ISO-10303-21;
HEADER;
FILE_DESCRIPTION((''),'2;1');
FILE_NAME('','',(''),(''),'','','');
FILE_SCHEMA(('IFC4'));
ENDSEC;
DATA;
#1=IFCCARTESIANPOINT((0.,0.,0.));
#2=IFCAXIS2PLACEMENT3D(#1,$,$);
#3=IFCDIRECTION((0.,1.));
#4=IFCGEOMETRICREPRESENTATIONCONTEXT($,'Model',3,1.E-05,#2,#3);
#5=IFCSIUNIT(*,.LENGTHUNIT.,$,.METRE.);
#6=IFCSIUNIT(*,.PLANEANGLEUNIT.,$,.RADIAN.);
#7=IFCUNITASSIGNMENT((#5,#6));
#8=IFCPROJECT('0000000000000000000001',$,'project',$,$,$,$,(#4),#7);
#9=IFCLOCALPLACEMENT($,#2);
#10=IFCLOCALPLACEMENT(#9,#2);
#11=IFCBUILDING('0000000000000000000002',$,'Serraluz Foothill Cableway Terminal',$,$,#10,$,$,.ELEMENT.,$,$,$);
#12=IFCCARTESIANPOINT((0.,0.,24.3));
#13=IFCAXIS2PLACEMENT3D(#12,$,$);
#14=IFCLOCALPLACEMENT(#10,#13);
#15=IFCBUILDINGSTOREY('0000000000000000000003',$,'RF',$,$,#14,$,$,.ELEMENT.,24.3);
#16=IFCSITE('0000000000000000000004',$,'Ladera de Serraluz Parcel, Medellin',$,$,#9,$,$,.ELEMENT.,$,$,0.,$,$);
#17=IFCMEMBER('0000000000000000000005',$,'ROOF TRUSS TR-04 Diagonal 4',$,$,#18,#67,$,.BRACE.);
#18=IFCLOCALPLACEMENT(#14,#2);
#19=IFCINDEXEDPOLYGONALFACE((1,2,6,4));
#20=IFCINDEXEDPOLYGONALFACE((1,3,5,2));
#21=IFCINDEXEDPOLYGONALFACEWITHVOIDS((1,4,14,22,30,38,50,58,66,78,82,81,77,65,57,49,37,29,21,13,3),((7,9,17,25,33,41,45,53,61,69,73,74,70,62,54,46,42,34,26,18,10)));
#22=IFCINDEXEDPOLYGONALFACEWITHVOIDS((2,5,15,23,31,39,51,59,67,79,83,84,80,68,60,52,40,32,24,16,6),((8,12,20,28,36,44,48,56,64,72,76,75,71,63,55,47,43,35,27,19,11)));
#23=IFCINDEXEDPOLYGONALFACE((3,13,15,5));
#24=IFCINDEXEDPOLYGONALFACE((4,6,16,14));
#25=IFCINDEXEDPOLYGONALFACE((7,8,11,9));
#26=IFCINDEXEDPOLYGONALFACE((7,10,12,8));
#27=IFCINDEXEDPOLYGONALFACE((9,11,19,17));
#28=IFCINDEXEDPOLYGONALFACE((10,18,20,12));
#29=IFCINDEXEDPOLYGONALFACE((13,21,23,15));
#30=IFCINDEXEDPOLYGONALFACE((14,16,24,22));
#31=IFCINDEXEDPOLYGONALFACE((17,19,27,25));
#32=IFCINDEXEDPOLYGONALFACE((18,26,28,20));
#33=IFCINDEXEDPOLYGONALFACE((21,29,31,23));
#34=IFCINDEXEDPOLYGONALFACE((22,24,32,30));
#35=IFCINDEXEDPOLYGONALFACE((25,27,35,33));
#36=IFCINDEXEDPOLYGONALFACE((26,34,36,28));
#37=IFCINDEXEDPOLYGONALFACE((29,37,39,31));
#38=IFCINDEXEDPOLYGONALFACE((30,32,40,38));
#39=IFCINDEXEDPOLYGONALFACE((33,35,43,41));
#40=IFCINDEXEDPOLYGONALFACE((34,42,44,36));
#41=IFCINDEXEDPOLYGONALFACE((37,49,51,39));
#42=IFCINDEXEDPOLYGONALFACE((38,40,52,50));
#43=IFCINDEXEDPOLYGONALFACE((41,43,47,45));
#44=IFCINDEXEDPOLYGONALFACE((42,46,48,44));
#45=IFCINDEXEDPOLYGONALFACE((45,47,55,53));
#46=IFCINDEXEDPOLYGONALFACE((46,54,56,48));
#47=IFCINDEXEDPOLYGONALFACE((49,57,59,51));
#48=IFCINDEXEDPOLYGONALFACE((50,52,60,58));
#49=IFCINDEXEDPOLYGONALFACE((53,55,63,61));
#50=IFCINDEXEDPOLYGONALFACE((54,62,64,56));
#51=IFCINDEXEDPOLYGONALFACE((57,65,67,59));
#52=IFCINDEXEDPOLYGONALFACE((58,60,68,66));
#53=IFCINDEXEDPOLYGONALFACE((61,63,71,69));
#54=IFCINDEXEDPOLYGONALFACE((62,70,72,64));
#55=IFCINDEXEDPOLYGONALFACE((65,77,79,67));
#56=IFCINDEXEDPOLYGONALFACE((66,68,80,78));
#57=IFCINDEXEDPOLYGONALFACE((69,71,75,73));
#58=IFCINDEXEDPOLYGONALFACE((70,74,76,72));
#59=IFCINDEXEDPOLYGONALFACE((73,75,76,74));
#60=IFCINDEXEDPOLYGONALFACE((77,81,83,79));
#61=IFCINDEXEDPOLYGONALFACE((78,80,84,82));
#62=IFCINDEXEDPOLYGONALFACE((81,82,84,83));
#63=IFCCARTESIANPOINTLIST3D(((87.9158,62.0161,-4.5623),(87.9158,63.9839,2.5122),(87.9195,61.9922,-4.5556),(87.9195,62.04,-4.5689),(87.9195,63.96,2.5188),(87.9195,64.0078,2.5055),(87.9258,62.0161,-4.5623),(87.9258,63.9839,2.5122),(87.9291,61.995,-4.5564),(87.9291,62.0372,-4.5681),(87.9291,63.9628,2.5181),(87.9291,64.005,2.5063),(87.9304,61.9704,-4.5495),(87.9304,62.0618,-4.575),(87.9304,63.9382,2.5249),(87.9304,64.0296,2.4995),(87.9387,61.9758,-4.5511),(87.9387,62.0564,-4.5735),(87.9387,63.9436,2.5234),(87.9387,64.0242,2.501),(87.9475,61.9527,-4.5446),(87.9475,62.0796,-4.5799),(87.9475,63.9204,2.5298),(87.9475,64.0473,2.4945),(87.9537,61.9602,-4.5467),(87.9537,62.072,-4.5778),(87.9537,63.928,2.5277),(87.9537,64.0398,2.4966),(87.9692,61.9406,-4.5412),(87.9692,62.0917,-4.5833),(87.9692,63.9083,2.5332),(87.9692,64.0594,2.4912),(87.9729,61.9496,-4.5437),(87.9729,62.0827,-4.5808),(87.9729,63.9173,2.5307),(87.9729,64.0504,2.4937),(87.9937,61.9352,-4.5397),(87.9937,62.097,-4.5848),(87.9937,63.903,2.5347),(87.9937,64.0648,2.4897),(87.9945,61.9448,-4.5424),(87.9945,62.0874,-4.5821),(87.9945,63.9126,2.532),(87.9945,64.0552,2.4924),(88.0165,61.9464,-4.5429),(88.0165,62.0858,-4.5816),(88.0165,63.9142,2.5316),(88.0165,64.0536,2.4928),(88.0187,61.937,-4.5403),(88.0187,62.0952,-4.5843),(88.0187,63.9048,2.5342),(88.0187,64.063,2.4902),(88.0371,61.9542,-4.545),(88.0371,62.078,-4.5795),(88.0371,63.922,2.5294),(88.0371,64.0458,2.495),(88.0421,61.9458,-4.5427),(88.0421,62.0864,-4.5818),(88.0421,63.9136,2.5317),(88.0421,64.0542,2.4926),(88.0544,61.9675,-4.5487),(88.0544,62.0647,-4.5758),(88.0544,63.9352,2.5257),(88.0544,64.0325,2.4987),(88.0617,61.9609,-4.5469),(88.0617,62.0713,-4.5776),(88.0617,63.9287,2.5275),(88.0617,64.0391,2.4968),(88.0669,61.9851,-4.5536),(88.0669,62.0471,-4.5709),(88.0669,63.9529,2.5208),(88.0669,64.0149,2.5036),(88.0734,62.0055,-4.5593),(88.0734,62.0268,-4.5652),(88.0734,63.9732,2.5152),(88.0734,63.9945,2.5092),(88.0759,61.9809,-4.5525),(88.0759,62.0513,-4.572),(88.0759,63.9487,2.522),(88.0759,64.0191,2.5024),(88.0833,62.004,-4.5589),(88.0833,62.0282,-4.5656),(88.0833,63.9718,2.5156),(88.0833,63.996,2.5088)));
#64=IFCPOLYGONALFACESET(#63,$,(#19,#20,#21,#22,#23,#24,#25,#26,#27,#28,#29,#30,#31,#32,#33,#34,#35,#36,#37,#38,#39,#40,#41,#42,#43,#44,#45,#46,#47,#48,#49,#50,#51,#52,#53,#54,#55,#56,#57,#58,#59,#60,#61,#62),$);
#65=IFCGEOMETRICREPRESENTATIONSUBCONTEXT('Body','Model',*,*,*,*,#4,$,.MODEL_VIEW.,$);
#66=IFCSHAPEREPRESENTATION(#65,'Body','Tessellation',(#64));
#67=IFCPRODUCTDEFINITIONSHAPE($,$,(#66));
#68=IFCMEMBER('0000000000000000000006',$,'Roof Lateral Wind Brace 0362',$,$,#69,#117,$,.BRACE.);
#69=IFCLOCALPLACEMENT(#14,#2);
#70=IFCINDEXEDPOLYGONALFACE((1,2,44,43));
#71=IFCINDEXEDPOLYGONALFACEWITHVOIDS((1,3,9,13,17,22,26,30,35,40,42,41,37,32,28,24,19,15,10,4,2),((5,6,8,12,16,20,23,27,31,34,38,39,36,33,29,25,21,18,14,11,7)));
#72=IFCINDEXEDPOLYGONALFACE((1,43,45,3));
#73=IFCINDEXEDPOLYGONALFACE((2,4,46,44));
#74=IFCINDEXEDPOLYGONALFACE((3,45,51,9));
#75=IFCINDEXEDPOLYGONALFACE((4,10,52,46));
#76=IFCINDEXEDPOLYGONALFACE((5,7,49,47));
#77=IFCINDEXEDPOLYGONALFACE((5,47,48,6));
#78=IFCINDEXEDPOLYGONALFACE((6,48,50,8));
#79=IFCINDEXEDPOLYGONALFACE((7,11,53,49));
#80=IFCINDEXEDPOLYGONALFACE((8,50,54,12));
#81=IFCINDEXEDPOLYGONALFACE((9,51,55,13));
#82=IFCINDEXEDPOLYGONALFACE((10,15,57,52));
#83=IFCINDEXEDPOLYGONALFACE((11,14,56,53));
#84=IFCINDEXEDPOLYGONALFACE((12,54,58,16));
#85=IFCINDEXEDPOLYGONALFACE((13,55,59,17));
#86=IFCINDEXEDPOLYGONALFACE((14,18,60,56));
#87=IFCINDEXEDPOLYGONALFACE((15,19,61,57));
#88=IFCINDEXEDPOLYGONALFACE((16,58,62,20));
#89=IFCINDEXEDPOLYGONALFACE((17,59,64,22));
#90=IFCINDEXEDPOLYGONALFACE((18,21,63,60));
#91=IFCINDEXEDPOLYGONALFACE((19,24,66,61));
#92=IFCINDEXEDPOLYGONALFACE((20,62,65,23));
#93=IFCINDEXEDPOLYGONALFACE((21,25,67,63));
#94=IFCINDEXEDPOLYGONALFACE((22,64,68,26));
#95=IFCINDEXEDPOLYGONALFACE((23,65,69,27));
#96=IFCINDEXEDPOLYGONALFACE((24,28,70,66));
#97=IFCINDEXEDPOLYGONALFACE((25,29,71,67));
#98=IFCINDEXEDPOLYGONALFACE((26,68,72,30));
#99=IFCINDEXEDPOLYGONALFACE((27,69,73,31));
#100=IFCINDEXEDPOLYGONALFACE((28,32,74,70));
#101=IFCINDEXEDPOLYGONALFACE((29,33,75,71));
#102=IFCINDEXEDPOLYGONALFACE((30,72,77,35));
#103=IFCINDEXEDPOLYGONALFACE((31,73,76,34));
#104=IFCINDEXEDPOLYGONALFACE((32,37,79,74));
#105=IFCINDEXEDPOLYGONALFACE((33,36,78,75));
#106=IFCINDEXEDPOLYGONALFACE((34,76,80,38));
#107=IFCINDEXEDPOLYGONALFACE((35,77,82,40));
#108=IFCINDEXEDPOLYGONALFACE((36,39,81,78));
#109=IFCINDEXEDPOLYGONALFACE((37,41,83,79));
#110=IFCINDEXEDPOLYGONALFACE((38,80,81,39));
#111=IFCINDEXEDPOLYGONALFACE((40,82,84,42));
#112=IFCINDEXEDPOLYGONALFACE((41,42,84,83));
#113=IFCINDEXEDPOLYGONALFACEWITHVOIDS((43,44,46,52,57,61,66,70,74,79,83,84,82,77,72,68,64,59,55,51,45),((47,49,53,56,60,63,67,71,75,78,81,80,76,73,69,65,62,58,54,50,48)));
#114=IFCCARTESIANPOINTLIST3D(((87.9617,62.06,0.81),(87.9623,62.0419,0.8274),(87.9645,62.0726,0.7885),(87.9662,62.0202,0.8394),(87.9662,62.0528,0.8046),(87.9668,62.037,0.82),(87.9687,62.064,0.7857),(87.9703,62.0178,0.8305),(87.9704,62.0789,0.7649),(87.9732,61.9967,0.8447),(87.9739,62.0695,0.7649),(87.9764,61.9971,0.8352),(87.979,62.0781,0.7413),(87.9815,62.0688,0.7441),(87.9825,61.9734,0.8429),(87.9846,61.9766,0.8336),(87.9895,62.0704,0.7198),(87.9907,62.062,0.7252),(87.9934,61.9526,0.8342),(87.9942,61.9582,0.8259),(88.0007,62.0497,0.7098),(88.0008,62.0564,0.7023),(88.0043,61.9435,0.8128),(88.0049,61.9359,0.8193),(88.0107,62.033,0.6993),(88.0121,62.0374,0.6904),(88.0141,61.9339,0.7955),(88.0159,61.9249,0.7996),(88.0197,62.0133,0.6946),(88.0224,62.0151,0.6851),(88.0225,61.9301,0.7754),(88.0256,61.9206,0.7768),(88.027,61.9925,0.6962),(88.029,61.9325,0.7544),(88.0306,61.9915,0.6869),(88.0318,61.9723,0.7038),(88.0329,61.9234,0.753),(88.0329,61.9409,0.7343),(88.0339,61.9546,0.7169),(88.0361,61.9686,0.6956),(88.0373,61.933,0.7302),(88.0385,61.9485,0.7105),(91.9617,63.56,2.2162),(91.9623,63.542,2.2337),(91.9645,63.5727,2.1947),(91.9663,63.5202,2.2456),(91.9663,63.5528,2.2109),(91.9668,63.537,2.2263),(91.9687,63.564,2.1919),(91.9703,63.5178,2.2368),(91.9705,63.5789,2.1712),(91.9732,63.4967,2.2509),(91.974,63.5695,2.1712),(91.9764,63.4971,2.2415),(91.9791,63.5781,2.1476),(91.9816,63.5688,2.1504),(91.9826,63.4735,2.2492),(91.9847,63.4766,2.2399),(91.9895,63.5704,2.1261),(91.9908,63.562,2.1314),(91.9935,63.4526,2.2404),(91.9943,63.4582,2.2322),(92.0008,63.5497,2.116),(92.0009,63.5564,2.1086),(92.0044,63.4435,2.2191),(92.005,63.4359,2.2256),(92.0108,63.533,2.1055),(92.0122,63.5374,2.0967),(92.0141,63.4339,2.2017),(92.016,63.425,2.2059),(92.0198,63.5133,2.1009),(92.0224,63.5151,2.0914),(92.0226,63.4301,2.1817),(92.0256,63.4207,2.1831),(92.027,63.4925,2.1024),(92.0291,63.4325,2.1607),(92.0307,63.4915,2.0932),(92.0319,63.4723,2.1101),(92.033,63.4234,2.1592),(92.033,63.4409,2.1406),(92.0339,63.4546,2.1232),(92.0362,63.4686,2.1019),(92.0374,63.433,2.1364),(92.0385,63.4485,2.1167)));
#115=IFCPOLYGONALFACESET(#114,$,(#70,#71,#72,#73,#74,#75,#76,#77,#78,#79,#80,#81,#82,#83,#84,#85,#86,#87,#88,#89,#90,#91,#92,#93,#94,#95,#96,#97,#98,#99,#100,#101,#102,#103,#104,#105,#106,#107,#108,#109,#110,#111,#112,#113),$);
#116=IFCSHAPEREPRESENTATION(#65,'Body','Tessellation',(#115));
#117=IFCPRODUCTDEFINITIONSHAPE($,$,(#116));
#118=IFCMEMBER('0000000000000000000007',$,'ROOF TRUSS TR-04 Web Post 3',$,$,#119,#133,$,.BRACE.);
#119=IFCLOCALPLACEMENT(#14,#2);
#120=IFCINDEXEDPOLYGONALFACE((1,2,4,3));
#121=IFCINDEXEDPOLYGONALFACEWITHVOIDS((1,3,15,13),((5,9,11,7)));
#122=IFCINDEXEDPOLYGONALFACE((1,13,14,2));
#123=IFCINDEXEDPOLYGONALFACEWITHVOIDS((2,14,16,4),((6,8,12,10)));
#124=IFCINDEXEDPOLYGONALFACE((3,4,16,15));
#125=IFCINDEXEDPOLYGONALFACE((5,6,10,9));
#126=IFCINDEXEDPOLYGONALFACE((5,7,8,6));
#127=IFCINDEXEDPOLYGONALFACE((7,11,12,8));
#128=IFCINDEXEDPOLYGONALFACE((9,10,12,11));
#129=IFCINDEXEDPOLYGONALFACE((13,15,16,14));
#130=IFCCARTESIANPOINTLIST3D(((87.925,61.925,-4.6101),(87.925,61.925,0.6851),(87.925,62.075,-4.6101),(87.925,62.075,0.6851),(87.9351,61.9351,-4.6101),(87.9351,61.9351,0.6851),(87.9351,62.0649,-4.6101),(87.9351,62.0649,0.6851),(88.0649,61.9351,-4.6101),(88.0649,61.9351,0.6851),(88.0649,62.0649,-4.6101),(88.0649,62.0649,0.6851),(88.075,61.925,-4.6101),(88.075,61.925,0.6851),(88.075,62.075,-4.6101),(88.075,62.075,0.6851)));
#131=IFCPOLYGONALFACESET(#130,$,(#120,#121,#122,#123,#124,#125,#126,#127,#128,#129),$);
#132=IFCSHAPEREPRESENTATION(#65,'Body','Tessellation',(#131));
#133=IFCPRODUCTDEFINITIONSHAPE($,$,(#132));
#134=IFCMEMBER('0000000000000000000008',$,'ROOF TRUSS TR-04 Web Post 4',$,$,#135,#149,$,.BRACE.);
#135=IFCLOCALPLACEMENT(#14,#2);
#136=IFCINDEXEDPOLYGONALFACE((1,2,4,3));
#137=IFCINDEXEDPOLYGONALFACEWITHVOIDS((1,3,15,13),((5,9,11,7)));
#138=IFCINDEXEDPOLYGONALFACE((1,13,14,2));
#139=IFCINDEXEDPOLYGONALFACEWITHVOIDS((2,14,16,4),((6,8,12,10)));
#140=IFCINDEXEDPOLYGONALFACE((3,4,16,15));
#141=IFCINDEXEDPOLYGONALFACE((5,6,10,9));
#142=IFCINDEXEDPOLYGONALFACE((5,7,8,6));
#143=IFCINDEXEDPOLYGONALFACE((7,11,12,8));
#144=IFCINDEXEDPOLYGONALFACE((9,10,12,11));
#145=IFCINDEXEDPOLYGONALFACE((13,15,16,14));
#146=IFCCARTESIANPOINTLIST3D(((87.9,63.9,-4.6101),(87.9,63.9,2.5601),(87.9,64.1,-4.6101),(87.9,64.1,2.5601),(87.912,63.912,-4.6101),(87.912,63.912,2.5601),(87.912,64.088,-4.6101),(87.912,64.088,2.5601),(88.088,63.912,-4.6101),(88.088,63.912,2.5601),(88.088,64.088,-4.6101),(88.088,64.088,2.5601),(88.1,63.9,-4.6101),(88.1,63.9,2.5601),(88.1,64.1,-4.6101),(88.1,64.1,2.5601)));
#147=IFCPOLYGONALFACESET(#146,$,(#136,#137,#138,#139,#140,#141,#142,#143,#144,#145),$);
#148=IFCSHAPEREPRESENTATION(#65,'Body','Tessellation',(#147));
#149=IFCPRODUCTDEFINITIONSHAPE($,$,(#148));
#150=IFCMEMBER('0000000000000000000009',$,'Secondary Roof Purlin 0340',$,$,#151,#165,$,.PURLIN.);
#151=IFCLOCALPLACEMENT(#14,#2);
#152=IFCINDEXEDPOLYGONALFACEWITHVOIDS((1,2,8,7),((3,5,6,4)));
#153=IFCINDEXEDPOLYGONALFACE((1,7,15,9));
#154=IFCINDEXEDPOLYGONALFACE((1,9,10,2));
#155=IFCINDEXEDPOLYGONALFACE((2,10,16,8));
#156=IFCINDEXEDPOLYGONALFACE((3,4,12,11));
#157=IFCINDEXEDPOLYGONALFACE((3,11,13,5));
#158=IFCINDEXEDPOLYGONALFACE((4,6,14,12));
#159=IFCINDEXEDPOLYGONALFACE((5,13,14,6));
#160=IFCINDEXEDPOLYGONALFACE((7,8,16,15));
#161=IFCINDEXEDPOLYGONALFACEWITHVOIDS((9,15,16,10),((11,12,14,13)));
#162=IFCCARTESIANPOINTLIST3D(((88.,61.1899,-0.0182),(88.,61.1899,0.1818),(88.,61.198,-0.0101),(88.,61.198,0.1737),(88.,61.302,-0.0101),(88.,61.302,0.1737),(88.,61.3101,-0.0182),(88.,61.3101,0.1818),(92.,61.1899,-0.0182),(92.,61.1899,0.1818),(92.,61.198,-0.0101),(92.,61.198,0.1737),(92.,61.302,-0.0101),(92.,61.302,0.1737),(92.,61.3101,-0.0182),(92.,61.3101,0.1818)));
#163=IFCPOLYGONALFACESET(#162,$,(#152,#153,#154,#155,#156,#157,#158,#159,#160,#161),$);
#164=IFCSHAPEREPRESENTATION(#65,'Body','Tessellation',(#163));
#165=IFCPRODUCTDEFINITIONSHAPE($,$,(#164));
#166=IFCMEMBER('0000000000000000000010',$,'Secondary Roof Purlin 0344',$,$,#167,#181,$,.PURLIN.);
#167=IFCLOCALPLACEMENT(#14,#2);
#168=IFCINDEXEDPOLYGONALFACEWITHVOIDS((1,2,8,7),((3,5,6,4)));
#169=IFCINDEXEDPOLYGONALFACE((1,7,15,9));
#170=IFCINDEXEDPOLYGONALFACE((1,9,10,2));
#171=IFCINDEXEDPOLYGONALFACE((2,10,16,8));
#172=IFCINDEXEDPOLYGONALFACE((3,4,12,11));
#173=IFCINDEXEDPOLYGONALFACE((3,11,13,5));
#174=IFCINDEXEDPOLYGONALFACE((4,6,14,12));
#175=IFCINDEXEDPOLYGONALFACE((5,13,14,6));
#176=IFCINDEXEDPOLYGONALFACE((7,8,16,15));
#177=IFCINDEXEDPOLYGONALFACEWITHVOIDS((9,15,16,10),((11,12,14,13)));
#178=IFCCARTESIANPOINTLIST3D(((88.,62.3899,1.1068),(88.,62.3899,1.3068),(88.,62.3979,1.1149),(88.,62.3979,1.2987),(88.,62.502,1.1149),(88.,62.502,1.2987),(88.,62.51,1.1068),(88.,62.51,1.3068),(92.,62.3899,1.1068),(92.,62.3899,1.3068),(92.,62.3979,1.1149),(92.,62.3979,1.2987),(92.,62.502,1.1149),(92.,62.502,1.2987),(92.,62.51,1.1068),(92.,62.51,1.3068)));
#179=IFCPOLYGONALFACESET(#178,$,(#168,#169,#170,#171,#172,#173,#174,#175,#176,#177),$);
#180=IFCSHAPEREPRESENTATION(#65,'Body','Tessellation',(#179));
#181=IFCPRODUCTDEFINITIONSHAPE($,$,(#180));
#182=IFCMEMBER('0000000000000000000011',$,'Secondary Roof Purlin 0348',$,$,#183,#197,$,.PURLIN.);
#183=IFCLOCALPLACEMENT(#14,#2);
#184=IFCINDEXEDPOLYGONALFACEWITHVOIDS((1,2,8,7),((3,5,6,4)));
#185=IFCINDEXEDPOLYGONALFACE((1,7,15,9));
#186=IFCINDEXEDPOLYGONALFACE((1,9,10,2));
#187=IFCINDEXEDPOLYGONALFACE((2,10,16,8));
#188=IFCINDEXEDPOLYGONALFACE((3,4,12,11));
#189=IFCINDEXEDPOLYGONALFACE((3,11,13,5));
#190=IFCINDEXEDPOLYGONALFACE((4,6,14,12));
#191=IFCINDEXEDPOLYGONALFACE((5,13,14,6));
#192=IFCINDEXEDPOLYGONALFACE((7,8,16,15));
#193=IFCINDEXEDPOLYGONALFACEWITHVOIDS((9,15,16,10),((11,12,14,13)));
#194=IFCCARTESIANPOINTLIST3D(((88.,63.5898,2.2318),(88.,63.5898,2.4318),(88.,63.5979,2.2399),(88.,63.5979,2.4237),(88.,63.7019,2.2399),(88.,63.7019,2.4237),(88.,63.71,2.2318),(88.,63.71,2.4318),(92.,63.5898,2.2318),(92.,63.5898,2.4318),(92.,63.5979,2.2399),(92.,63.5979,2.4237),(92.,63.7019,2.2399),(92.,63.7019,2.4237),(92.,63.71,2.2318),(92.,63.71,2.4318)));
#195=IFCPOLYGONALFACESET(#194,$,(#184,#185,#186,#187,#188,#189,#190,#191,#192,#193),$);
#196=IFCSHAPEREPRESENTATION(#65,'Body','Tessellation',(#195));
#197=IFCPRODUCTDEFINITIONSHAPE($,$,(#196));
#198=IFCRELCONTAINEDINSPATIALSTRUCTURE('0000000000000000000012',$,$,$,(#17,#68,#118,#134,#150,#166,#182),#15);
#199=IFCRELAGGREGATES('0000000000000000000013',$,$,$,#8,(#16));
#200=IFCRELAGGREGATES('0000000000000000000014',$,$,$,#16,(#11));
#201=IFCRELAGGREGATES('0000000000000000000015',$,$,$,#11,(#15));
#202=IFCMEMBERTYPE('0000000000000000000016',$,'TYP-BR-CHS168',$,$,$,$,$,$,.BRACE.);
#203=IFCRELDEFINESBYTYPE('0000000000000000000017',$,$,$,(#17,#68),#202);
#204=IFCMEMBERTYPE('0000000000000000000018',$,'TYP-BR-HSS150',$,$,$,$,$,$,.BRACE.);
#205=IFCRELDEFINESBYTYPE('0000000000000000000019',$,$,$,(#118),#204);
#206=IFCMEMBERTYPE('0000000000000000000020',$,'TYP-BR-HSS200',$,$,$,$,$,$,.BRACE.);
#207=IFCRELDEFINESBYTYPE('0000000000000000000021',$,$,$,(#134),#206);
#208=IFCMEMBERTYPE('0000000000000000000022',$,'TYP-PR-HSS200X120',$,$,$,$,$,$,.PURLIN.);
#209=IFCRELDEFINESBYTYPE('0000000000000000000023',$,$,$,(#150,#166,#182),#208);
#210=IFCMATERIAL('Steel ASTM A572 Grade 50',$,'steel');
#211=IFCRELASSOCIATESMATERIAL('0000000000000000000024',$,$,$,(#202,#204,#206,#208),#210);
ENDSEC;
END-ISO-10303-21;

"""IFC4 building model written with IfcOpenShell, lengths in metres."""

from ifc_helpers import new_model, si_unit, direction, frame, origin, origin_2d, place, context, subcontext, project, spatial, hollow_rectangle, hollow_circle, extrude, material, material_profile, profile_set, type_object, element, save


model = new_model("IFC4")

# Units and contexts
model_context = context("Model", 3, precision=1e-05, world=origin(), true_north=direction((0.0, 1.0)))
body_context = subcontext(model_context, "Body", "Model", "MODEL_VIEW")
ifc_project = project(units=[si_unit("LENGTHUNIT", "METRE"), si_unit("PLANEANGLEUNIT", "RADIAN")], contexts=[model_context])

# Site, building, storey
site_placement = place(None, origin())
site = spatial("IfcSite", under=ifc_project, at=site_placement, Name="Ladera de Serraluz Parcel, Medellin", CompositionType="ELEMENT", RefElevation=0.0)
building_placement = place(site_placement, origin())
building = spatial("IfcBuilding", under=site, at=building_placement, Name="Serraluz Foothill Cableway Terminal", CompositionType="ELEMENT")
storey_placement = place(building_placement, frame((0.0, 0.0, 24.3)))
storey = spatial("IfcBuildingStorey", under=building, at=storey_placement, Name="RF", CompositionType="ELEMENT", Elevation=24.3)

# Members
ifc_material_1 = material(Name="Steel ASTM A572 Grade 50", Category="steel")
ifc_material_profile_1 = material_profile(ifc_material_1, hollow_circle(Radius=0.0842, WallThickness=0.01, at=origin_2d()), Name="CHS168X10")
ifc_profile_set_1 = profile_set([ifc_material_profile_1], Name="Steel ASTM A572 Grade 50")
member_type_1 = type_object("IfcMemberType", Name="TYP-BR-CHS168", PredefinedType="BRACE", material=ifc_profile_set_1)
member_1_placement = place(storey_placement, frame((88.0, 62.0161, -4.5623), z_axis=(0.0, 0.267978, 0.963425), x_axis=(-1.0, 0.0, 0.0)))
element("IfcMember", 1, at=member_1_placement, inside=storey, type_object=member_type_1, Name="ROOF TRUSS TR-04 Diagonal 4", PredefinedType="BRACE", context=body_context, shape_type="SweptSolid", body=[
    extrude(hollow_circle(Radius=0.0842, WallThickness=0.01, at=origin_2d()), origin(), (0.0, 0.0, 1.0), 7.343),
])
member_2_placement = place(storey_placement, frame((88.0, 62.0, 0.7649), z_axis=(0.889382, 0.333518, 0.312673), x_axis=(-0.351123, 0.936329, 0.0)))
element("IfcMember", 2, at=member_2_placement, inside=storey, type_object=member_type_1, Name="Roof Lateral Wind Brace 0362", PredefinedType="BRACE", context=body_context, shape_type="SweptSolid", body=[
    extrude(hollow_circle(Radius=0.0842, WallThickness=0.01, at=origin_2d()), origin(), (0.0, 0.0, 1.0), 4.4976),
])
ifc_material_profile_2 = material_profile(ifc_material_1, hollow_rectangle(XDim=0.1499, YDim=0.1499, WallThickness=0.01, at=origin_2d()), Name="HSS150X150X10")
ifc_profile_set_2 = profile_set([ifc_material_profile_2], Name="Steel ASTM A572 Grade 50")
member_type_2 = type_object("IfcMemberType", Name="TYP-BR-HSS150", PredefinedType="BRACE", material=ifc_profile_set_2)
member_3_placement = place(storey_placement, frame((88.0, 62.0, -4.6101), z_axis=(0.0, 0.0, 1.0), x_axis=(1.0, 0.0, 0.0)))
element("IfcMember", 3, at=member_3_placement, inside=storey, type_object=member_type_2, Name="ROOF TRUSS TR-04 Web Post 3", PredefinedType="BRACE", context=body_context, shape_type="SweptSolid", body=[
    extrude(hollow_rectangle(XDim=0.1499, YDim=0.1499, WallThickness=0.01, at=origin_2d()), origin(), (0.0, 0.0, 1.0), 5.2952),
])
ifc_material_profile_3 = material_profile(ifc_material_1, hollow_rectangle(XDim=0.2, YDim=0.2, WallThickness=0.012, at=origin_2d()), Name="HSS200X200X12")
ifc_profile_set_3 = profile_set([ifc_material_profile_3], Name="Steel ASTM A572 Grade 50")
member_type_3 = type_object("IfcMemberType", Name="TYP-BR-HSS200", PredefinedType="BRACE", material=ifc_profile_set_3)
member_4_placement = place(storey_placement, frame((88.0, 64.0, -4.6101), z_axis=(0.0, 0.0, 1.0), x_axis=(1.0, 0.0, 0.0)))
element("IfcMember", 4, at=member_4_placement, inside=storey, type_object=member_type_3, Name="ROOF TRUSS TR-04 Web Post 4", PredefinedType="BRACE", context=body_context, shape_type="SweptSolid", body=[
    extrude(hollow_rectangle(XDim=0.2, YDim=0.2, WallThickness=0.012, at=origin_2d()), origin(), (0.0, 0.0, 1.0), 7.1702),
])
ifc_material_profile_4 = material_profile(ifc_material_1, hollow_rectangle(XDim=0.1201, YDim=0.2, WallThickness=0.0081, at=origin_2d()), Name="HSS200X120X8")
ifc_profile_set_4 = profile_set([ifc_material_profile_4], Name="Steel ASTM A572 Grade 50")
member_type_4 = type_object("IfcMemberType", Name="TYP-PR-HSS200X120", PredefinedType="PURLIN", material=ifc_profile_set_4)
for number, where, z_axis, x_axis, name in (
    (5, (88.0, 61.25, 0.0818), (1.0, 0.0, 0.0), (0.0, 1.0, 0.0), "Secondary Roof Purlin 0340"),
    (6, (88.0, 62.45, 1.2068), (1.0, 0.0, 0.0), (0.0, 1.0, 0.0), "Secondary Roof Purlin 0344"),
    (7, (88.0, 63.6499, 2.3318), (1.0, 0.0, 0.0), (0.0, 1.0, 0.0), "Secondary Roof Purlin 0348"),
):
    element("IfcMember", number, at=place(storey_placement, frame(where, z_axis=z_axis, x_axis=x_axis)), inside=storey, type_object=member_type_4, Name=name, PredefinedType="PURLIN", context=body_context, shape_type="SweptSolid", body=[
        extrude(hollow_rectangle(XDim=0.1201, YDim=0.2, WallThickness=0.0081, at=origin_2d()), origin(), (0.0, 0.0, 1.0), 4.0),
    ])

save(model, "model.ifc")
